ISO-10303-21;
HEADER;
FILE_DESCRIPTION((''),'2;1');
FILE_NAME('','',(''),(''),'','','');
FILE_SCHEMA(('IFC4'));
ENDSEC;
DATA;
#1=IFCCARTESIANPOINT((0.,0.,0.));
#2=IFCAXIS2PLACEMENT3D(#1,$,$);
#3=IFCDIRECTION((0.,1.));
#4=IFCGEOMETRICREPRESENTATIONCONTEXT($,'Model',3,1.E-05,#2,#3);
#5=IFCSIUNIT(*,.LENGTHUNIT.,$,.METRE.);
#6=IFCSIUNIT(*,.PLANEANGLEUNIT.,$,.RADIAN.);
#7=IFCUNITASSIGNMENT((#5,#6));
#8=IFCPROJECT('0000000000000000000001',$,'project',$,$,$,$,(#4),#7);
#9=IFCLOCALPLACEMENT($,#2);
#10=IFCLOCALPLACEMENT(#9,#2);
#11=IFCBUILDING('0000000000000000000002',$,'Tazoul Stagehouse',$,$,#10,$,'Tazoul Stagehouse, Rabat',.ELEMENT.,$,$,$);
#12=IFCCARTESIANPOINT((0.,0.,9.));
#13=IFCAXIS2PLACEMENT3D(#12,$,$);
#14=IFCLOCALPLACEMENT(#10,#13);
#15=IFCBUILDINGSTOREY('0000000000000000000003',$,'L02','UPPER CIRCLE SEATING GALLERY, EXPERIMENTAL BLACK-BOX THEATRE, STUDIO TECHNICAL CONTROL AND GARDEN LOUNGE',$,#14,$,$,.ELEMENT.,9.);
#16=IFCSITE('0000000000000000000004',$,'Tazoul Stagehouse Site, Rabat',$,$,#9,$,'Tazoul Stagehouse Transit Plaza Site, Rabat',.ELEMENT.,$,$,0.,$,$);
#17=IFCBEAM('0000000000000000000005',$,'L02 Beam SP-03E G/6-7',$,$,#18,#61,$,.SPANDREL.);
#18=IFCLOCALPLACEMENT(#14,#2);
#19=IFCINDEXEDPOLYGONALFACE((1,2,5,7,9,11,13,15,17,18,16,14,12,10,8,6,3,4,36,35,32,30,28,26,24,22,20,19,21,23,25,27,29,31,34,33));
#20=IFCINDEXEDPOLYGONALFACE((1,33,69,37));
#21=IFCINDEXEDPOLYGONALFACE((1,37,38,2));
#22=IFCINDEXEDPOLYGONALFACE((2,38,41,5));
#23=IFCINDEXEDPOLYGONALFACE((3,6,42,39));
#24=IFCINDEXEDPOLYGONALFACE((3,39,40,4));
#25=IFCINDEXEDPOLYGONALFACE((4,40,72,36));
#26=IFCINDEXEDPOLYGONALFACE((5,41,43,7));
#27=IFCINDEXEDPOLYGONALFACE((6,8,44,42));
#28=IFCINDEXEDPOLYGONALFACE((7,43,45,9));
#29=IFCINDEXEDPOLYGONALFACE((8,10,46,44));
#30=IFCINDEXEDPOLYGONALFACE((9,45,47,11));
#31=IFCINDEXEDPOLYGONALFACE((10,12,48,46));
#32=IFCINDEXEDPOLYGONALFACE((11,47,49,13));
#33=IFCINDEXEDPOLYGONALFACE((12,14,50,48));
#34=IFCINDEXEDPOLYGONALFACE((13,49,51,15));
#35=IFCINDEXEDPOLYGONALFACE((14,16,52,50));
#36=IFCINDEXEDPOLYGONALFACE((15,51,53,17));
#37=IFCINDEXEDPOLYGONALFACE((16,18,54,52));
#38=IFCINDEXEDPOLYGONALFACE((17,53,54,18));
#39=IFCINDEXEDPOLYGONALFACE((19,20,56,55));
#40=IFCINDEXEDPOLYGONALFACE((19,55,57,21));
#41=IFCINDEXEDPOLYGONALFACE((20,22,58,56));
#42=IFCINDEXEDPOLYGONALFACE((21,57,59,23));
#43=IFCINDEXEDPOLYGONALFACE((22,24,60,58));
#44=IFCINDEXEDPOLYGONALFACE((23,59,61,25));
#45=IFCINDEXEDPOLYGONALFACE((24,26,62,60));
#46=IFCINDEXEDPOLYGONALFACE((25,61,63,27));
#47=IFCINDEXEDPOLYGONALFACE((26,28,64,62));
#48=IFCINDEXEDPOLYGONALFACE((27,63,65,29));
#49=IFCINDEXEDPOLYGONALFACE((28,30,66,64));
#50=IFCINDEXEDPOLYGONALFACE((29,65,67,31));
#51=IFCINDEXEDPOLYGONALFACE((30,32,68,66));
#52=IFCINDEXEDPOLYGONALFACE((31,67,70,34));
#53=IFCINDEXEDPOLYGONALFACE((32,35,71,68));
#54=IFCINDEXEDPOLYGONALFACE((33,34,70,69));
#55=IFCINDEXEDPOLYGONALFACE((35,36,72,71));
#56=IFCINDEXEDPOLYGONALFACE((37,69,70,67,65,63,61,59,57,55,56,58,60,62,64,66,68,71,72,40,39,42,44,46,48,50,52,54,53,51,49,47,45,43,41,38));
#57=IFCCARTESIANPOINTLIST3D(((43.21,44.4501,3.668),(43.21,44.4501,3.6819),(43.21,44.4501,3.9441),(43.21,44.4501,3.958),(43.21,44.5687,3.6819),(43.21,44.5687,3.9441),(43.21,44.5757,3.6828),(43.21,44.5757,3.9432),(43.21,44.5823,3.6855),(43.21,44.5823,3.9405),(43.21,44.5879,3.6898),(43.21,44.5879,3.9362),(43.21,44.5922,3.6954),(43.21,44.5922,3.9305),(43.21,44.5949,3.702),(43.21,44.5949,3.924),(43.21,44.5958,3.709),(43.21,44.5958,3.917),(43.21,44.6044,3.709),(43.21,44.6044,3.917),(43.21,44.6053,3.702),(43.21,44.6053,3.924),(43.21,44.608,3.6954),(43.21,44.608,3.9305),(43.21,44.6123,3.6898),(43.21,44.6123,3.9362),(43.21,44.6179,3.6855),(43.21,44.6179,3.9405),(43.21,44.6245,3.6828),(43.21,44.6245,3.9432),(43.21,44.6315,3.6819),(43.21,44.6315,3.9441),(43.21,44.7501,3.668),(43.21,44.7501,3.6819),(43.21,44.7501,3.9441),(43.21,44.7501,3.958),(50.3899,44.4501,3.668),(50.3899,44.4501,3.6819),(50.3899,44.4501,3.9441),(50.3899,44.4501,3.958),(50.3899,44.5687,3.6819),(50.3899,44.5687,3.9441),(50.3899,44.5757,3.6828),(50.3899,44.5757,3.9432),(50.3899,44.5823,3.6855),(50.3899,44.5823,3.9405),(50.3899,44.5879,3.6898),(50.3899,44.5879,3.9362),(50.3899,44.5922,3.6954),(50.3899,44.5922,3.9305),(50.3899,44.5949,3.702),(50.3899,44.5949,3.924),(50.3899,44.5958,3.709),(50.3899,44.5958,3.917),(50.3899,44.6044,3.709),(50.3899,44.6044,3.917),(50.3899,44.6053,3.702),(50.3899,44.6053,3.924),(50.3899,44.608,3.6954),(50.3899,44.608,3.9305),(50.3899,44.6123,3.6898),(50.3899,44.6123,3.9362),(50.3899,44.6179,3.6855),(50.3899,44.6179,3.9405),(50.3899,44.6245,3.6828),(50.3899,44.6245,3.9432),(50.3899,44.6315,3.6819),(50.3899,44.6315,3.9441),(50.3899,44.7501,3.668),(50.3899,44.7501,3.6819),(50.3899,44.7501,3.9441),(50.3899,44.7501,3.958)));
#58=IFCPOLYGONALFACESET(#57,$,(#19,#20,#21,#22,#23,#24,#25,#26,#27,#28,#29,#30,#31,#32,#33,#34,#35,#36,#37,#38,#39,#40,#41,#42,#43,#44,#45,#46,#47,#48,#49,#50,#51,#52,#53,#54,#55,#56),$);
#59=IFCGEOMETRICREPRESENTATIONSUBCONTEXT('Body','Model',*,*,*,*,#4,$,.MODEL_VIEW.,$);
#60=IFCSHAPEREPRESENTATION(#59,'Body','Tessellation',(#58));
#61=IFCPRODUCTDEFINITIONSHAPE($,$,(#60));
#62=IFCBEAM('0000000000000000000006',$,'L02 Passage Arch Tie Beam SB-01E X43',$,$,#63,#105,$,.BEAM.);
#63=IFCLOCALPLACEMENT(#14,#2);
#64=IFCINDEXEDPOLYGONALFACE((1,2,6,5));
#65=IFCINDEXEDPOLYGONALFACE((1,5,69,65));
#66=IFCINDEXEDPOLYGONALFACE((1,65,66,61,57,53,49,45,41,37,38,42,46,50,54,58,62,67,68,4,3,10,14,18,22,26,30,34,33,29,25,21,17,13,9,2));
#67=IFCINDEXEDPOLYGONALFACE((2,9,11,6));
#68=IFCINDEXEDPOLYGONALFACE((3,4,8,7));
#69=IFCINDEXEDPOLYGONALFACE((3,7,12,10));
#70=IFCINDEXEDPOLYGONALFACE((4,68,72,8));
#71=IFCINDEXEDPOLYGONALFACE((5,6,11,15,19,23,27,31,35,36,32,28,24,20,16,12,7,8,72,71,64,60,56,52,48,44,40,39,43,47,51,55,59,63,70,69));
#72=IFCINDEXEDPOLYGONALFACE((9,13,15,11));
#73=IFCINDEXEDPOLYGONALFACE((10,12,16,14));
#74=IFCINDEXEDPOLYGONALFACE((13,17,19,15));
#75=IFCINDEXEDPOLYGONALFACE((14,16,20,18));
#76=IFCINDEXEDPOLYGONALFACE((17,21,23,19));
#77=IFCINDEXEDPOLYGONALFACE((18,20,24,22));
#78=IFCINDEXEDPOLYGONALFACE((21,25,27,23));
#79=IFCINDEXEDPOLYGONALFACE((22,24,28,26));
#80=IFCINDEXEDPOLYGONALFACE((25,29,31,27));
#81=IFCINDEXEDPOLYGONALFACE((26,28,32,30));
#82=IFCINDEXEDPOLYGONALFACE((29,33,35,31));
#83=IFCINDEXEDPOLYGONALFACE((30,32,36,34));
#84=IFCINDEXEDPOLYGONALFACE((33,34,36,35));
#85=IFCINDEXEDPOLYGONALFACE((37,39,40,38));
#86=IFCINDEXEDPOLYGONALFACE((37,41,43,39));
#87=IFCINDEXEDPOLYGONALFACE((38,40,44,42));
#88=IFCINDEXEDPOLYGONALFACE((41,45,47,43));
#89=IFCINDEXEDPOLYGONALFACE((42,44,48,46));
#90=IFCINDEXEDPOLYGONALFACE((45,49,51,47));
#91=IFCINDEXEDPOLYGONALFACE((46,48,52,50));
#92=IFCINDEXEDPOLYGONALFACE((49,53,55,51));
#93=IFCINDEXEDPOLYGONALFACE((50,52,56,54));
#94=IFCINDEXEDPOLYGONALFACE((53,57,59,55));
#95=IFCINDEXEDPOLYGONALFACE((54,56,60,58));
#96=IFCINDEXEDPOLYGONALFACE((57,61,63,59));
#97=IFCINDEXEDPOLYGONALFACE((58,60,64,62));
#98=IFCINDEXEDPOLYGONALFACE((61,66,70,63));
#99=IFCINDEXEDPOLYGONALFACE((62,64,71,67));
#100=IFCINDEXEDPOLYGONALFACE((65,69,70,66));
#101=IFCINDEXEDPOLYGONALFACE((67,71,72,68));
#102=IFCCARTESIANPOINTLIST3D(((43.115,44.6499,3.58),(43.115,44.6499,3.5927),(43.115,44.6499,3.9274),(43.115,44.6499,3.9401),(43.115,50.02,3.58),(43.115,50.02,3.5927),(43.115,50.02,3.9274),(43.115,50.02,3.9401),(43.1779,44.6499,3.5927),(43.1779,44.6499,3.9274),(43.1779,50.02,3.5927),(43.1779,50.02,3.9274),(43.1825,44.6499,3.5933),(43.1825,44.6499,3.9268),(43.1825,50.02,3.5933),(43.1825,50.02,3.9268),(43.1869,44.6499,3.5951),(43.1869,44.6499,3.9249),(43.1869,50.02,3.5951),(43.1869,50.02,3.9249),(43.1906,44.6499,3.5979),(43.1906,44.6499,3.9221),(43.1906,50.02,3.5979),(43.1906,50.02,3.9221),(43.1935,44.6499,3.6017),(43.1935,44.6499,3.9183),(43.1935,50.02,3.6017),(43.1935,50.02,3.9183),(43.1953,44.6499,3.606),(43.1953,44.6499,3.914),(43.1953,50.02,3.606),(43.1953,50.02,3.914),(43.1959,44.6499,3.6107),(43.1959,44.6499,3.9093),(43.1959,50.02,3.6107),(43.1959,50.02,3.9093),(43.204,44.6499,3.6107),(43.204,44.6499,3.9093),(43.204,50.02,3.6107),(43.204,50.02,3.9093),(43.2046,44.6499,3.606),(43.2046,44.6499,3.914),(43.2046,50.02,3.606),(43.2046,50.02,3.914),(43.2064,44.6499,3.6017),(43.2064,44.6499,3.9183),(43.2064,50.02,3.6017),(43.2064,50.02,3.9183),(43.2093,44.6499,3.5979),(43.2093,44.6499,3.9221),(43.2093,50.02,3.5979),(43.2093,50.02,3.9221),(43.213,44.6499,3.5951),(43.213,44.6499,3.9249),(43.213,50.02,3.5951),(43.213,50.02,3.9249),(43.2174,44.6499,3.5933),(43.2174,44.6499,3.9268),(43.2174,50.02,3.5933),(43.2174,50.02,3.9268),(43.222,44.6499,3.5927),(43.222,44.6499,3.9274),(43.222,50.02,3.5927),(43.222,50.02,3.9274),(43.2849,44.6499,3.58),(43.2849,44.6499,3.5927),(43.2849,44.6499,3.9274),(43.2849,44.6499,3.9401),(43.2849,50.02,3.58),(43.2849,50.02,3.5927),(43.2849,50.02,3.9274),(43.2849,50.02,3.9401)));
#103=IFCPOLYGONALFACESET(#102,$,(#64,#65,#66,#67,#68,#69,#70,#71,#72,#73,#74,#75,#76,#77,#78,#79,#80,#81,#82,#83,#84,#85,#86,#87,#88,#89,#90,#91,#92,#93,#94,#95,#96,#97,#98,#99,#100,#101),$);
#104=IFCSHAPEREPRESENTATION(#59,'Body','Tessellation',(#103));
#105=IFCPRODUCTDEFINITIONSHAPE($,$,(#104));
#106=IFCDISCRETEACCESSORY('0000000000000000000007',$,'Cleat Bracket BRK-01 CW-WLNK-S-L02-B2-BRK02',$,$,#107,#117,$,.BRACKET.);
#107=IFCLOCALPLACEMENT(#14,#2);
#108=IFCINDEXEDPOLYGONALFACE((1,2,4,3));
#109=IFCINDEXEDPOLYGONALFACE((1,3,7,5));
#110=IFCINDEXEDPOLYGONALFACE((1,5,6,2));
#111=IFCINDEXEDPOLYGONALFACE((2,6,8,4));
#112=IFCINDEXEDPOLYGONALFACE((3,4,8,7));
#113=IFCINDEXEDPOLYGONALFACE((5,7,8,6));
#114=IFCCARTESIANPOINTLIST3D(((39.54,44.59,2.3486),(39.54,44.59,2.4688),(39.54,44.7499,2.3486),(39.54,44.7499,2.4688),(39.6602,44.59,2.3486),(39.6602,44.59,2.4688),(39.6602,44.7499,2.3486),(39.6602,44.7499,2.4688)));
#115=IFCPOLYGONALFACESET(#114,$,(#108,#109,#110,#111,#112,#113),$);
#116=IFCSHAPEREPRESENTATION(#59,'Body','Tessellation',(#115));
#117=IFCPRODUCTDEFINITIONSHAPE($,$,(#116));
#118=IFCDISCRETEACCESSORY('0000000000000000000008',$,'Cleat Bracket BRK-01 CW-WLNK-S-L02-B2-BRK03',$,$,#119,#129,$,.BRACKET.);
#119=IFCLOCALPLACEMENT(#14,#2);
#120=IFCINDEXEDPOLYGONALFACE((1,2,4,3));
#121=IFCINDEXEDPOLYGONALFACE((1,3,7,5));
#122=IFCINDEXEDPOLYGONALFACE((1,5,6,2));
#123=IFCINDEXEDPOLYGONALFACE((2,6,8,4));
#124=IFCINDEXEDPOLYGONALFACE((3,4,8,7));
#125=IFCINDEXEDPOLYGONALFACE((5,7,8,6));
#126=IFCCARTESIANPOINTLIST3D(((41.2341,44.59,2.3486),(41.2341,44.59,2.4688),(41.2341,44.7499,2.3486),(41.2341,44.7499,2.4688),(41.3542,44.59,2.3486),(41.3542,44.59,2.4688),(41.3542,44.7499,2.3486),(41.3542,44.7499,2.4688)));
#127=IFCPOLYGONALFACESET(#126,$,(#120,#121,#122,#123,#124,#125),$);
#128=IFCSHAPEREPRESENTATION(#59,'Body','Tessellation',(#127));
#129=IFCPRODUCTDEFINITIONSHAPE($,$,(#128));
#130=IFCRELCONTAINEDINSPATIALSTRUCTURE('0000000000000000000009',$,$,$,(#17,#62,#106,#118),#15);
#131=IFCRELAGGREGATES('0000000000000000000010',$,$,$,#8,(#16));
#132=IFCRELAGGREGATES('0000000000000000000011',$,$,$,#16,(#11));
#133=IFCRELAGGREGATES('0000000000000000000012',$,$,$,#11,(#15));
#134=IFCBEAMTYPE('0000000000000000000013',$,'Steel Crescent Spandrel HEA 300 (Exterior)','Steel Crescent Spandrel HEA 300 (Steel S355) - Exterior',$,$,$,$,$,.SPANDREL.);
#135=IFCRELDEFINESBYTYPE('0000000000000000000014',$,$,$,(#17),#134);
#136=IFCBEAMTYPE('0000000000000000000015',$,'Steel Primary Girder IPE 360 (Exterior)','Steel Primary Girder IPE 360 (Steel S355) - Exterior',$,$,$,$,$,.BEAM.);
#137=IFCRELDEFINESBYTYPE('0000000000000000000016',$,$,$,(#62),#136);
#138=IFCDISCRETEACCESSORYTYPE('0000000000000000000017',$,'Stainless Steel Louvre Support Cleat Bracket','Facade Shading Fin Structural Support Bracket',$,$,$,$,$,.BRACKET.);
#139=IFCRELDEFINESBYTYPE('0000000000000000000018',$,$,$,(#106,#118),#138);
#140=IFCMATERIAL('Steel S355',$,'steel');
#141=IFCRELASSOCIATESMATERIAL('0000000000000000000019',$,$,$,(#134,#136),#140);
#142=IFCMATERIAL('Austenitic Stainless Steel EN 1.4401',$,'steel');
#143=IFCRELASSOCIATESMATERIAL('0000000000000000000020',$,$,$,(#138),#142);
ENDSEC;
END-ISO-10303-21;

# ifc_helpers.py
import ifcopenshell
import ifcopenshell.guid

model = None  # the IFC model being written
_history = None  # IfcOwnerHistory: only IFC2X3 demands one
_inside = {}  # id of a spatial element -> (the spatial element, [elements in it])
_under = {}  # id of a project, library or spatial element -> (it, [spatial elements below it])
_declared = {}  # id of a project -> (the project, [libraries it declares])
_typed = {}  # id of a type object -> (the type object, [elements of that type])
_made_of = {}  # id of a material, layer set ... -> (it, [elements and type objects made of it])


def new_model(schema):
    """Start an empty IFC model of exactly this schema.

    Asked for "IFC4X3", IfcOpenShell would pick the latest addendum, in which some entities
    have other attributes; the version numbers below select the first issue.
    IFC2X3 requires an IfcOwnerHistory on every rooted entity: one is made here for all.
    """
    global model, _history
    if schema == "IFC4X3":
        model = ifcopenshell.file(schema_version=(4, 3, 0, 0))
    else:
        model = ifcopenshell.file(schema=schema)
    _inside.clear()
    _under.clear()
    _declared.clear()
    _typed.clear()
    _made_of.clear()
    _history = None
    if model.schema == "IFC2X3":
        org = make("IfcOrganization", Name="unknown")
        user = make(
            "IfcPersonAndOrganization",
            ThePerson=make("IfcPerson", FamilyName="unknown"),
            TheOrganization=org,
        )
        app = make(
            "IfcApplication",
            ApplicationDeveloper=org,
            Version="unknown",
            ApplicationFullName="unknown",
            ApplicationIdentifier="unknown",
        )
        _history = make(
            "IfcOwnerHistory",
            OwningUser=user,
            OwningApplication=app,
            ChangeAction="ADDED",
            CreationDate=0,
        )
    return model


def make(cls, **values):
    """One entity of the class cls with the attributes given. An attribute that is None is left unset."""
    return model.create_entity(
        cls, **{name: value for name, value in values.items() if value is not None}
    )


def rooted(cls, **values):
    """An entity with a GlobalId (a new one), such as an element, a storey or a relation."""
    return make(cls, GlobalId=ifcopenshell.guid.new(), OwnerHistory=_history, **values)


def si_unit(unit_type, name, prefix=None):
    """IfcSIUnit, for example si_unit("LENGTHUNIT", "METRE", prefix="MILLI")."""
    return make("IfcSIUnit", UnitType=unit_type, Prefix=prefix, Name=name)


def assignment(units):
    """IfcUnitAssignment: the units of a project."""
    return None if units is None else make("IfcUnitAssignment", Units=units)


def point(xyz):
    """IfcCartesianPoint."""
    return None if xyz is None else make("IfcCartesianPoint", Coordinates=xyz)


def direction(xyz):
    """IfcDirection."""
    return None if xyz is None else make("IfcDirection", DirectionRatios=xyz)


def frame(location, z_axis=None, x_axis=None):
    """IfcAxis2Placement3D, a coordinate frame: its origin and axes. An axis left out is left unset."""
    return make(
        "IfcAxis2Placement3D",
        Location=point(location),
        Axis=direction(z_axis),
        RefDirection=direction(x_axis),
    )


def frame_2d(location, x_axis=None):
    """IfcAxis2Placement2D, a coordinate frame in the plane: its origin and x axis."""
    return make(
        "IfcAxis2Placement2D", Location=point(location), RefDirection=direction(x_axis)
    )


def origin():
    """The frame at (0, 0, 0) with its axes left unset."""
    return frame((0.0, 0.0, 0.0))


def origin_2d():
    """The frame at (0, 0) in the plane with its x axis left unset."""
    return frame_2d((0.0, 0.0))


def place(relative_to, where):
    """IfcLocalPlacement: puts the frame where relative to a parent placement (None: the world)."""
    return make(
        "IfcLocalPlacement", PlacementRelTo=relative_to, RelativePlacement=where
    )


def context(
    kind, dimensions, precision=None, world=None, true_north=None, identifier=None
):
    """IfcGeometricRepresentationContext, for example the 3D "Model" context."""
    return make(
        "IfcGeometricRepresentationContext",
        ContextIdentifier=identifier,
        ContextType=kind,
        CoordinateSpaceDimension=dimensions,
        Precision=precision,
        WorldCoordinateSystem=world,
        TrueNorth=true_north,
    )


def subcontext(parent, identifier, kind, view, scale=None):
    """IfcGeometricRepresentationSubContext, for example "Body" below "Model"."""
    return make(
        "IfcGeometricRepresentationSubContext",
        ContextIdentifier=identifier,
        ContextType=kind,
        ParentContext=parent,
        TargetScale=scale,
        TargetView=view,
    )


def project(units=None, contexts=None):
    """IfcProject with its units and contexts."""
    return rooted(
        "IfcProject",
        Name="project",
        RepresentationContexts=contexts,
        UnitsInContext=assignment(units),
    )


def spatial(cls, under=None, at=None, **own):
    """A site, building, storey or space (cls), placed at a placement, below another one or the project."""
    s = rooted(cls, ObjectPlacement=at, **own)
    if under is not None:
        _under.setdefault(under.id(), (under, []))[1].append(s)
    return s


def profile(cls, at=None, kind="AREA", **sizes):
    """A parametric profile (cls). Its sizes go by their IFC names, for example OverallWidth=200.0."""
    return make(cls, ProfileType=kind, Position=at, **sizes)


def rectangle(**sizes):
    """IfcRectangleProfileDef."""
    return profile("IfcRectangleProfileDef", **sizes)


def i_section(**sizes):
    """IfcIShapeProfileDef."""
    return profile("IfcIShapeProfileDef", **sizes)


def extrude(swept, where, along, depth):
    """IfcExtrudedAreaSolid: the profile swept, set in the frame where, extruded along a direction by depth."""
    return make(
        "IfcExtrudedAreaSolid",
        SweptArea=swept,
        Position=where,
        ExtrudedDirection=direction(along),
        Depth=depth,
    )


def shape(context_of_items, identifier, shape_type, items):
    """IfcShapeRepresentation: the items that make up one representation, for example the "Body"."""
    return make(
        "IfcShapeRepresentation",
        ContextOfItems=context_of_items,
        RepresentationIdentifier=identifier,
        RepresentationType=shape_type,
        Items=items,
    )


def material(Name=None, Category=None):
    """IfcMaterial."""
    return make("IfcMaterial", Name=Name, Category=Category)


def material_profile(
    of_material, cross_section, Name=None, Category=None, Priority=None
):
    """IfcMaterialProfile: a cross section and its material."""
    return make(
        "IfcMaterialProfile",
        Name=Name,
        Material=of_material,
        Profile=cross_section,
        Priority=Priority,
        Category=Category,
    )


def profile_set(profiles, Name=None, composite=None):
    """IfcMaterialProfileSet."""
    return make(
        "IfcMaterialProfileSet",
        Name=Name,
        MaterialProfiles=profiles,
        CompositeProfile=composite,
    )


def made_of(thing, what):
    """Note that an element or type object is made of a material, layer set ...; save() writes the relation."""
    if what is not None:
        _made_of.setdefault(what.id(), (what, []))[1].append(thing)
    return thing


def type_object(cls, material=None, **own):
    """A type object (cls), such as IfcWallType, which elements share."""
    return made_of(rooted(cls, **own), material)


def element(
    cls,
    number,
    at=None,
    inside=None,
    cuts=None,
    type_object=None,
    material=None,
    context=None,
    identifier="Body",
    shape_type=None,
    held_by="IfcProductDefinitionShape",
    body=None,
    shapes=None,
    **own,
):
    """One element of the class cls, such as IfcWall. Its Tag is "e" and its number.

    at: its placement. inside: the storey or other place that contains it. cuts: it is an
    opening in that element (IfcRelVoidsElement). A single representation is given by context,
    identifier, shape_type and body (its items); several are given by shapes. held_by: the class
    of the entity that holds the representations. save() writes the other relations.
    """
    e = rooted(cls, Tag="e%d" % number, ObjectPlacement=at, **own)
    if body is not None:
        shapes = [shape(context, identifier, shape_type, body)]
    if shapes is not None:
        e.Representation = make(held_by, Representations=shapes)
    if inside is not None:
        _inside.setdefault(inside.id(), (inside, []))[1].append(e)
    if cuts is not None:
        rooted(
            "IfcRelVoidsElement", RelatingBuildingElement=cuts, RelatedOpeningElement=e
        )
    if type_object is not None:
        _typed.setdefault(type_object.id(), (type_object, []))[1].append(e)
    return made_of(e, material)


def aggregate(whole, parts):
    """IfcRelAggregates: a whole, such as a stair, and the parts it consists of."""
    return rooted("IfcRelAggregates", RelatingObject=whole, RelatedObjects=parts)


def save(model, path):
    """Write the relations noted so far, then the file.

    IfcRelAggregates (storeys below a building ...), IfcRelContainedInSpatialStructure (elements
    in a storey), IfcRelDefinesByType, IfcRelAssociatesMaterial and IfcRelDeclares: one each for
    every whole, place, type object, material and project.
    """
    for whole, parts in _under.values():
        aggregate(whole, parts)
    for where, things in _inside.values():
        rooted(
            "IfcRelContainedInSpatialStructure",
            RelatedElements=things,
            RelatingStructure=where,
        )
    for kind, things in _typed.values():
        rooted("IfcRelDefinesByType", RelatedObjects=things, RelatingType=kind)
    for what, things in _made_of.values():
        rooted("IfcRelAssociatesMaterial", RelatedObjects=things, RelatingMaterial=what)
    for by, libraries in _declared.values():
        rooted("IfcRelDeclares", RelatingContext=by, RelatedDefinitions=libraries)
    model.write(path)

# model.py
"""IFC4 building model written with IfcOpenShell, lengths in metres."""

from ifc_helpers import new_model, si_unit, direction, frame, origin, origin_2d, place, context, subcontext, project, spatial, rectangle, i_section, extrude, material, material_profile, profile_set, type_object, element, save


model = new_model("IFC4")

# Units and contexts
model_context = context("Model", 3, precision=1e-05, world=origin(), true_north=direction((0.0, 1.0)))
body_context = subcontext(model_context, "Body", "Model", "MODEL_VIEW")
ifc_project = project(units=[si_unit("LENGTHUNIT", "METRE"), si_unit("PLANEANGLEUNIT", "RADIAN")], contexts=[model_context])

# Site, building, storey
site_placement = place(None, origin())
building_placement = place(site_placement, origin())
storey_placement = place(building_placement, frame((0.0, 0.0, 9.0)))
site = spatial("IfcSite", under=ifc_project, at=site_placement, Name="Tazoul Stagehouse Site, Rabat", LongName="Tazoul Stagehouse Transit Plaza Site, Rabat", CompositionType="ELEMENT", RefElevation=0.0)
building = spatial("IfcBuilding", under=site, at=building_placement, Name="Tazoul Stagehouse", LongName="Tazoul Stagehouse, Rabat", CompositionType="ELEMENT")
storey = spatial("IfcBuildingStorey", under=building, at=storey_placement, Name="L02", Description="UPPER CIRCLE SEATING GALLERY, EXPERIMENTAL BLACK-BOX THEATRE, STUDIO TECHNICAL CONTROL AND GARDEN LOUNGE", CompositionType="ELEMENT", Elevation=9.0)

# Beams
ifc_material_1 = material(Name="Steel S355", Category="steel")
ifc_material_profile_1 = material_profile(ifc_material_1, i_section(OverallWidth=0.3, OverallDepth=0.29, WebThickness=0.0085, FlangeThickness=0.0139, FilletRadius=0.0271, at=origin_2d()), Name="HEA 300")
ifc_profile_set_1 = profile_set([ifc_material_profile_1], Name="Steel S355")
beam_type_1 = type_object("IfcBeamType", Name="Steel Crescent Spandrel HEA 300 (Exterior)", Description="Steel Crescent Spandrel HEA 300 (Steel S355) - Exterior", PredefinedType="SPANDREL", material=ifc_profile_set_1)
beam_1_placement = place(storey_placement, frame((43.21, 44.6001, 3.813), z_axis=(1.0, 0.0, 0.0), x_axis=(0.0, 1.0, 0.0)))
element("IfcBeam", 1, at=beam_1_placement, inside=storey, type_object=beam_type_1, Name="L02 Beam SP-03E G/6-7", PredefinedType="SPANDREL", context=body_context, shape_type="SweptSolid", body=[
    extrude(i_section(OverallWidth=0.3, OverallDepth=0.29, WebThickness=0.0085, FlangeThickness=0.0139, FilletRadius=0.0271, at=origin_2d()), origin(), (0.0, 0.0, 1.0), 7.1799),
])
ifc_material_profile_2 = material_profile(ifc_material_1, i_section(OverallWidth=0.1699, OverallDepth=0.3601, WebThickness=0.0081, FlangeThickness=0.0127, FilletRadius=0.0181, at=origin_2d()), Name="IPE 360")
ifc_profile_set_2 = profile_set([ifc_material_profile_2], Name="Steel S355")
beam_type_2 = type_object("IfcBeamType", Name="Steel Primary Girder IPE 360 (Exterior)", Description="Steel Primary Girder IPE 360 (Steel S355) - Exterior", PredefinedType="BEAM", material=ifc_profile_set_2)
beam_2_placement = place(storey_placement, frame((43.2, 44.6499, 3.76), z_axis=(0.0, 1.0, 0.0), x_axis=(-1.0, 0.0, 0.0)))
element("IfcBeam", 2, at=beam_2_placement, inside=storey, type_object=beam_type_2, Name="L02 Passage Arch Tie Beam SB-01E X43", PredefinedType="BEAM", context=body_context, shape_type="SweptSolid", body=[
    extrude(i_section(OverallWidth=0.1699, OverallDepth=0.3601, WebThickness=0.0081, FlangeThickness=0.0127, FilletRadius=0.0181, at=origin_2d()), origin(), (0.0, 0.0, 1.0), 5.3701),
])

# Discrete accessories
ifc_material_2 = material(Name="Austenitic Stainless Steel EN 1.4401", Category="steel")
discrete_accessory_type = type_object("IfcDiscreteAccessoryType", Name="Stainless Steel Louvre Support Cleat Bracket", Description="Facade Shading Fin Structural Support Bracket", PredefinedType="BRACKET", material=ifc_material_2)
for number, where, z_axis, x_axis, name in (
    (3, (39.6001, 44.6699, 2.3486), (0.0, 0.0, 1.0), (1.0, 0.0, 0.0), "Cleat Bracket BRK-01 CW-WLNK-S-L02-B2-BRK02"),
    (4, (41.2942, 44.6699, 2.3486), (0.0, 0.0, 1.0), (1.0, 0.0, 0.0), "Cleat Bracket BRK-01 CW-WLNK-S-L02-B2-BRK03"),
):
    element("IfcDiscreteAccessory", number, at=place(storey_placement, frame(where, z_axis=z_axis, x_axis=x_axis)), inside=storey, type_object=discrete_accessory_type, Name=name, PredefinedType="BRACKET", context=body_context, shape_type="SweptSolid", body=[
        extrude(rectangle(XDim=0.1201, YDim=0.1599, at=origin_2d()), origin(), (0.0, 0.0, 1.0), 0.1201),
    ])

save(model, "model.ifc")
